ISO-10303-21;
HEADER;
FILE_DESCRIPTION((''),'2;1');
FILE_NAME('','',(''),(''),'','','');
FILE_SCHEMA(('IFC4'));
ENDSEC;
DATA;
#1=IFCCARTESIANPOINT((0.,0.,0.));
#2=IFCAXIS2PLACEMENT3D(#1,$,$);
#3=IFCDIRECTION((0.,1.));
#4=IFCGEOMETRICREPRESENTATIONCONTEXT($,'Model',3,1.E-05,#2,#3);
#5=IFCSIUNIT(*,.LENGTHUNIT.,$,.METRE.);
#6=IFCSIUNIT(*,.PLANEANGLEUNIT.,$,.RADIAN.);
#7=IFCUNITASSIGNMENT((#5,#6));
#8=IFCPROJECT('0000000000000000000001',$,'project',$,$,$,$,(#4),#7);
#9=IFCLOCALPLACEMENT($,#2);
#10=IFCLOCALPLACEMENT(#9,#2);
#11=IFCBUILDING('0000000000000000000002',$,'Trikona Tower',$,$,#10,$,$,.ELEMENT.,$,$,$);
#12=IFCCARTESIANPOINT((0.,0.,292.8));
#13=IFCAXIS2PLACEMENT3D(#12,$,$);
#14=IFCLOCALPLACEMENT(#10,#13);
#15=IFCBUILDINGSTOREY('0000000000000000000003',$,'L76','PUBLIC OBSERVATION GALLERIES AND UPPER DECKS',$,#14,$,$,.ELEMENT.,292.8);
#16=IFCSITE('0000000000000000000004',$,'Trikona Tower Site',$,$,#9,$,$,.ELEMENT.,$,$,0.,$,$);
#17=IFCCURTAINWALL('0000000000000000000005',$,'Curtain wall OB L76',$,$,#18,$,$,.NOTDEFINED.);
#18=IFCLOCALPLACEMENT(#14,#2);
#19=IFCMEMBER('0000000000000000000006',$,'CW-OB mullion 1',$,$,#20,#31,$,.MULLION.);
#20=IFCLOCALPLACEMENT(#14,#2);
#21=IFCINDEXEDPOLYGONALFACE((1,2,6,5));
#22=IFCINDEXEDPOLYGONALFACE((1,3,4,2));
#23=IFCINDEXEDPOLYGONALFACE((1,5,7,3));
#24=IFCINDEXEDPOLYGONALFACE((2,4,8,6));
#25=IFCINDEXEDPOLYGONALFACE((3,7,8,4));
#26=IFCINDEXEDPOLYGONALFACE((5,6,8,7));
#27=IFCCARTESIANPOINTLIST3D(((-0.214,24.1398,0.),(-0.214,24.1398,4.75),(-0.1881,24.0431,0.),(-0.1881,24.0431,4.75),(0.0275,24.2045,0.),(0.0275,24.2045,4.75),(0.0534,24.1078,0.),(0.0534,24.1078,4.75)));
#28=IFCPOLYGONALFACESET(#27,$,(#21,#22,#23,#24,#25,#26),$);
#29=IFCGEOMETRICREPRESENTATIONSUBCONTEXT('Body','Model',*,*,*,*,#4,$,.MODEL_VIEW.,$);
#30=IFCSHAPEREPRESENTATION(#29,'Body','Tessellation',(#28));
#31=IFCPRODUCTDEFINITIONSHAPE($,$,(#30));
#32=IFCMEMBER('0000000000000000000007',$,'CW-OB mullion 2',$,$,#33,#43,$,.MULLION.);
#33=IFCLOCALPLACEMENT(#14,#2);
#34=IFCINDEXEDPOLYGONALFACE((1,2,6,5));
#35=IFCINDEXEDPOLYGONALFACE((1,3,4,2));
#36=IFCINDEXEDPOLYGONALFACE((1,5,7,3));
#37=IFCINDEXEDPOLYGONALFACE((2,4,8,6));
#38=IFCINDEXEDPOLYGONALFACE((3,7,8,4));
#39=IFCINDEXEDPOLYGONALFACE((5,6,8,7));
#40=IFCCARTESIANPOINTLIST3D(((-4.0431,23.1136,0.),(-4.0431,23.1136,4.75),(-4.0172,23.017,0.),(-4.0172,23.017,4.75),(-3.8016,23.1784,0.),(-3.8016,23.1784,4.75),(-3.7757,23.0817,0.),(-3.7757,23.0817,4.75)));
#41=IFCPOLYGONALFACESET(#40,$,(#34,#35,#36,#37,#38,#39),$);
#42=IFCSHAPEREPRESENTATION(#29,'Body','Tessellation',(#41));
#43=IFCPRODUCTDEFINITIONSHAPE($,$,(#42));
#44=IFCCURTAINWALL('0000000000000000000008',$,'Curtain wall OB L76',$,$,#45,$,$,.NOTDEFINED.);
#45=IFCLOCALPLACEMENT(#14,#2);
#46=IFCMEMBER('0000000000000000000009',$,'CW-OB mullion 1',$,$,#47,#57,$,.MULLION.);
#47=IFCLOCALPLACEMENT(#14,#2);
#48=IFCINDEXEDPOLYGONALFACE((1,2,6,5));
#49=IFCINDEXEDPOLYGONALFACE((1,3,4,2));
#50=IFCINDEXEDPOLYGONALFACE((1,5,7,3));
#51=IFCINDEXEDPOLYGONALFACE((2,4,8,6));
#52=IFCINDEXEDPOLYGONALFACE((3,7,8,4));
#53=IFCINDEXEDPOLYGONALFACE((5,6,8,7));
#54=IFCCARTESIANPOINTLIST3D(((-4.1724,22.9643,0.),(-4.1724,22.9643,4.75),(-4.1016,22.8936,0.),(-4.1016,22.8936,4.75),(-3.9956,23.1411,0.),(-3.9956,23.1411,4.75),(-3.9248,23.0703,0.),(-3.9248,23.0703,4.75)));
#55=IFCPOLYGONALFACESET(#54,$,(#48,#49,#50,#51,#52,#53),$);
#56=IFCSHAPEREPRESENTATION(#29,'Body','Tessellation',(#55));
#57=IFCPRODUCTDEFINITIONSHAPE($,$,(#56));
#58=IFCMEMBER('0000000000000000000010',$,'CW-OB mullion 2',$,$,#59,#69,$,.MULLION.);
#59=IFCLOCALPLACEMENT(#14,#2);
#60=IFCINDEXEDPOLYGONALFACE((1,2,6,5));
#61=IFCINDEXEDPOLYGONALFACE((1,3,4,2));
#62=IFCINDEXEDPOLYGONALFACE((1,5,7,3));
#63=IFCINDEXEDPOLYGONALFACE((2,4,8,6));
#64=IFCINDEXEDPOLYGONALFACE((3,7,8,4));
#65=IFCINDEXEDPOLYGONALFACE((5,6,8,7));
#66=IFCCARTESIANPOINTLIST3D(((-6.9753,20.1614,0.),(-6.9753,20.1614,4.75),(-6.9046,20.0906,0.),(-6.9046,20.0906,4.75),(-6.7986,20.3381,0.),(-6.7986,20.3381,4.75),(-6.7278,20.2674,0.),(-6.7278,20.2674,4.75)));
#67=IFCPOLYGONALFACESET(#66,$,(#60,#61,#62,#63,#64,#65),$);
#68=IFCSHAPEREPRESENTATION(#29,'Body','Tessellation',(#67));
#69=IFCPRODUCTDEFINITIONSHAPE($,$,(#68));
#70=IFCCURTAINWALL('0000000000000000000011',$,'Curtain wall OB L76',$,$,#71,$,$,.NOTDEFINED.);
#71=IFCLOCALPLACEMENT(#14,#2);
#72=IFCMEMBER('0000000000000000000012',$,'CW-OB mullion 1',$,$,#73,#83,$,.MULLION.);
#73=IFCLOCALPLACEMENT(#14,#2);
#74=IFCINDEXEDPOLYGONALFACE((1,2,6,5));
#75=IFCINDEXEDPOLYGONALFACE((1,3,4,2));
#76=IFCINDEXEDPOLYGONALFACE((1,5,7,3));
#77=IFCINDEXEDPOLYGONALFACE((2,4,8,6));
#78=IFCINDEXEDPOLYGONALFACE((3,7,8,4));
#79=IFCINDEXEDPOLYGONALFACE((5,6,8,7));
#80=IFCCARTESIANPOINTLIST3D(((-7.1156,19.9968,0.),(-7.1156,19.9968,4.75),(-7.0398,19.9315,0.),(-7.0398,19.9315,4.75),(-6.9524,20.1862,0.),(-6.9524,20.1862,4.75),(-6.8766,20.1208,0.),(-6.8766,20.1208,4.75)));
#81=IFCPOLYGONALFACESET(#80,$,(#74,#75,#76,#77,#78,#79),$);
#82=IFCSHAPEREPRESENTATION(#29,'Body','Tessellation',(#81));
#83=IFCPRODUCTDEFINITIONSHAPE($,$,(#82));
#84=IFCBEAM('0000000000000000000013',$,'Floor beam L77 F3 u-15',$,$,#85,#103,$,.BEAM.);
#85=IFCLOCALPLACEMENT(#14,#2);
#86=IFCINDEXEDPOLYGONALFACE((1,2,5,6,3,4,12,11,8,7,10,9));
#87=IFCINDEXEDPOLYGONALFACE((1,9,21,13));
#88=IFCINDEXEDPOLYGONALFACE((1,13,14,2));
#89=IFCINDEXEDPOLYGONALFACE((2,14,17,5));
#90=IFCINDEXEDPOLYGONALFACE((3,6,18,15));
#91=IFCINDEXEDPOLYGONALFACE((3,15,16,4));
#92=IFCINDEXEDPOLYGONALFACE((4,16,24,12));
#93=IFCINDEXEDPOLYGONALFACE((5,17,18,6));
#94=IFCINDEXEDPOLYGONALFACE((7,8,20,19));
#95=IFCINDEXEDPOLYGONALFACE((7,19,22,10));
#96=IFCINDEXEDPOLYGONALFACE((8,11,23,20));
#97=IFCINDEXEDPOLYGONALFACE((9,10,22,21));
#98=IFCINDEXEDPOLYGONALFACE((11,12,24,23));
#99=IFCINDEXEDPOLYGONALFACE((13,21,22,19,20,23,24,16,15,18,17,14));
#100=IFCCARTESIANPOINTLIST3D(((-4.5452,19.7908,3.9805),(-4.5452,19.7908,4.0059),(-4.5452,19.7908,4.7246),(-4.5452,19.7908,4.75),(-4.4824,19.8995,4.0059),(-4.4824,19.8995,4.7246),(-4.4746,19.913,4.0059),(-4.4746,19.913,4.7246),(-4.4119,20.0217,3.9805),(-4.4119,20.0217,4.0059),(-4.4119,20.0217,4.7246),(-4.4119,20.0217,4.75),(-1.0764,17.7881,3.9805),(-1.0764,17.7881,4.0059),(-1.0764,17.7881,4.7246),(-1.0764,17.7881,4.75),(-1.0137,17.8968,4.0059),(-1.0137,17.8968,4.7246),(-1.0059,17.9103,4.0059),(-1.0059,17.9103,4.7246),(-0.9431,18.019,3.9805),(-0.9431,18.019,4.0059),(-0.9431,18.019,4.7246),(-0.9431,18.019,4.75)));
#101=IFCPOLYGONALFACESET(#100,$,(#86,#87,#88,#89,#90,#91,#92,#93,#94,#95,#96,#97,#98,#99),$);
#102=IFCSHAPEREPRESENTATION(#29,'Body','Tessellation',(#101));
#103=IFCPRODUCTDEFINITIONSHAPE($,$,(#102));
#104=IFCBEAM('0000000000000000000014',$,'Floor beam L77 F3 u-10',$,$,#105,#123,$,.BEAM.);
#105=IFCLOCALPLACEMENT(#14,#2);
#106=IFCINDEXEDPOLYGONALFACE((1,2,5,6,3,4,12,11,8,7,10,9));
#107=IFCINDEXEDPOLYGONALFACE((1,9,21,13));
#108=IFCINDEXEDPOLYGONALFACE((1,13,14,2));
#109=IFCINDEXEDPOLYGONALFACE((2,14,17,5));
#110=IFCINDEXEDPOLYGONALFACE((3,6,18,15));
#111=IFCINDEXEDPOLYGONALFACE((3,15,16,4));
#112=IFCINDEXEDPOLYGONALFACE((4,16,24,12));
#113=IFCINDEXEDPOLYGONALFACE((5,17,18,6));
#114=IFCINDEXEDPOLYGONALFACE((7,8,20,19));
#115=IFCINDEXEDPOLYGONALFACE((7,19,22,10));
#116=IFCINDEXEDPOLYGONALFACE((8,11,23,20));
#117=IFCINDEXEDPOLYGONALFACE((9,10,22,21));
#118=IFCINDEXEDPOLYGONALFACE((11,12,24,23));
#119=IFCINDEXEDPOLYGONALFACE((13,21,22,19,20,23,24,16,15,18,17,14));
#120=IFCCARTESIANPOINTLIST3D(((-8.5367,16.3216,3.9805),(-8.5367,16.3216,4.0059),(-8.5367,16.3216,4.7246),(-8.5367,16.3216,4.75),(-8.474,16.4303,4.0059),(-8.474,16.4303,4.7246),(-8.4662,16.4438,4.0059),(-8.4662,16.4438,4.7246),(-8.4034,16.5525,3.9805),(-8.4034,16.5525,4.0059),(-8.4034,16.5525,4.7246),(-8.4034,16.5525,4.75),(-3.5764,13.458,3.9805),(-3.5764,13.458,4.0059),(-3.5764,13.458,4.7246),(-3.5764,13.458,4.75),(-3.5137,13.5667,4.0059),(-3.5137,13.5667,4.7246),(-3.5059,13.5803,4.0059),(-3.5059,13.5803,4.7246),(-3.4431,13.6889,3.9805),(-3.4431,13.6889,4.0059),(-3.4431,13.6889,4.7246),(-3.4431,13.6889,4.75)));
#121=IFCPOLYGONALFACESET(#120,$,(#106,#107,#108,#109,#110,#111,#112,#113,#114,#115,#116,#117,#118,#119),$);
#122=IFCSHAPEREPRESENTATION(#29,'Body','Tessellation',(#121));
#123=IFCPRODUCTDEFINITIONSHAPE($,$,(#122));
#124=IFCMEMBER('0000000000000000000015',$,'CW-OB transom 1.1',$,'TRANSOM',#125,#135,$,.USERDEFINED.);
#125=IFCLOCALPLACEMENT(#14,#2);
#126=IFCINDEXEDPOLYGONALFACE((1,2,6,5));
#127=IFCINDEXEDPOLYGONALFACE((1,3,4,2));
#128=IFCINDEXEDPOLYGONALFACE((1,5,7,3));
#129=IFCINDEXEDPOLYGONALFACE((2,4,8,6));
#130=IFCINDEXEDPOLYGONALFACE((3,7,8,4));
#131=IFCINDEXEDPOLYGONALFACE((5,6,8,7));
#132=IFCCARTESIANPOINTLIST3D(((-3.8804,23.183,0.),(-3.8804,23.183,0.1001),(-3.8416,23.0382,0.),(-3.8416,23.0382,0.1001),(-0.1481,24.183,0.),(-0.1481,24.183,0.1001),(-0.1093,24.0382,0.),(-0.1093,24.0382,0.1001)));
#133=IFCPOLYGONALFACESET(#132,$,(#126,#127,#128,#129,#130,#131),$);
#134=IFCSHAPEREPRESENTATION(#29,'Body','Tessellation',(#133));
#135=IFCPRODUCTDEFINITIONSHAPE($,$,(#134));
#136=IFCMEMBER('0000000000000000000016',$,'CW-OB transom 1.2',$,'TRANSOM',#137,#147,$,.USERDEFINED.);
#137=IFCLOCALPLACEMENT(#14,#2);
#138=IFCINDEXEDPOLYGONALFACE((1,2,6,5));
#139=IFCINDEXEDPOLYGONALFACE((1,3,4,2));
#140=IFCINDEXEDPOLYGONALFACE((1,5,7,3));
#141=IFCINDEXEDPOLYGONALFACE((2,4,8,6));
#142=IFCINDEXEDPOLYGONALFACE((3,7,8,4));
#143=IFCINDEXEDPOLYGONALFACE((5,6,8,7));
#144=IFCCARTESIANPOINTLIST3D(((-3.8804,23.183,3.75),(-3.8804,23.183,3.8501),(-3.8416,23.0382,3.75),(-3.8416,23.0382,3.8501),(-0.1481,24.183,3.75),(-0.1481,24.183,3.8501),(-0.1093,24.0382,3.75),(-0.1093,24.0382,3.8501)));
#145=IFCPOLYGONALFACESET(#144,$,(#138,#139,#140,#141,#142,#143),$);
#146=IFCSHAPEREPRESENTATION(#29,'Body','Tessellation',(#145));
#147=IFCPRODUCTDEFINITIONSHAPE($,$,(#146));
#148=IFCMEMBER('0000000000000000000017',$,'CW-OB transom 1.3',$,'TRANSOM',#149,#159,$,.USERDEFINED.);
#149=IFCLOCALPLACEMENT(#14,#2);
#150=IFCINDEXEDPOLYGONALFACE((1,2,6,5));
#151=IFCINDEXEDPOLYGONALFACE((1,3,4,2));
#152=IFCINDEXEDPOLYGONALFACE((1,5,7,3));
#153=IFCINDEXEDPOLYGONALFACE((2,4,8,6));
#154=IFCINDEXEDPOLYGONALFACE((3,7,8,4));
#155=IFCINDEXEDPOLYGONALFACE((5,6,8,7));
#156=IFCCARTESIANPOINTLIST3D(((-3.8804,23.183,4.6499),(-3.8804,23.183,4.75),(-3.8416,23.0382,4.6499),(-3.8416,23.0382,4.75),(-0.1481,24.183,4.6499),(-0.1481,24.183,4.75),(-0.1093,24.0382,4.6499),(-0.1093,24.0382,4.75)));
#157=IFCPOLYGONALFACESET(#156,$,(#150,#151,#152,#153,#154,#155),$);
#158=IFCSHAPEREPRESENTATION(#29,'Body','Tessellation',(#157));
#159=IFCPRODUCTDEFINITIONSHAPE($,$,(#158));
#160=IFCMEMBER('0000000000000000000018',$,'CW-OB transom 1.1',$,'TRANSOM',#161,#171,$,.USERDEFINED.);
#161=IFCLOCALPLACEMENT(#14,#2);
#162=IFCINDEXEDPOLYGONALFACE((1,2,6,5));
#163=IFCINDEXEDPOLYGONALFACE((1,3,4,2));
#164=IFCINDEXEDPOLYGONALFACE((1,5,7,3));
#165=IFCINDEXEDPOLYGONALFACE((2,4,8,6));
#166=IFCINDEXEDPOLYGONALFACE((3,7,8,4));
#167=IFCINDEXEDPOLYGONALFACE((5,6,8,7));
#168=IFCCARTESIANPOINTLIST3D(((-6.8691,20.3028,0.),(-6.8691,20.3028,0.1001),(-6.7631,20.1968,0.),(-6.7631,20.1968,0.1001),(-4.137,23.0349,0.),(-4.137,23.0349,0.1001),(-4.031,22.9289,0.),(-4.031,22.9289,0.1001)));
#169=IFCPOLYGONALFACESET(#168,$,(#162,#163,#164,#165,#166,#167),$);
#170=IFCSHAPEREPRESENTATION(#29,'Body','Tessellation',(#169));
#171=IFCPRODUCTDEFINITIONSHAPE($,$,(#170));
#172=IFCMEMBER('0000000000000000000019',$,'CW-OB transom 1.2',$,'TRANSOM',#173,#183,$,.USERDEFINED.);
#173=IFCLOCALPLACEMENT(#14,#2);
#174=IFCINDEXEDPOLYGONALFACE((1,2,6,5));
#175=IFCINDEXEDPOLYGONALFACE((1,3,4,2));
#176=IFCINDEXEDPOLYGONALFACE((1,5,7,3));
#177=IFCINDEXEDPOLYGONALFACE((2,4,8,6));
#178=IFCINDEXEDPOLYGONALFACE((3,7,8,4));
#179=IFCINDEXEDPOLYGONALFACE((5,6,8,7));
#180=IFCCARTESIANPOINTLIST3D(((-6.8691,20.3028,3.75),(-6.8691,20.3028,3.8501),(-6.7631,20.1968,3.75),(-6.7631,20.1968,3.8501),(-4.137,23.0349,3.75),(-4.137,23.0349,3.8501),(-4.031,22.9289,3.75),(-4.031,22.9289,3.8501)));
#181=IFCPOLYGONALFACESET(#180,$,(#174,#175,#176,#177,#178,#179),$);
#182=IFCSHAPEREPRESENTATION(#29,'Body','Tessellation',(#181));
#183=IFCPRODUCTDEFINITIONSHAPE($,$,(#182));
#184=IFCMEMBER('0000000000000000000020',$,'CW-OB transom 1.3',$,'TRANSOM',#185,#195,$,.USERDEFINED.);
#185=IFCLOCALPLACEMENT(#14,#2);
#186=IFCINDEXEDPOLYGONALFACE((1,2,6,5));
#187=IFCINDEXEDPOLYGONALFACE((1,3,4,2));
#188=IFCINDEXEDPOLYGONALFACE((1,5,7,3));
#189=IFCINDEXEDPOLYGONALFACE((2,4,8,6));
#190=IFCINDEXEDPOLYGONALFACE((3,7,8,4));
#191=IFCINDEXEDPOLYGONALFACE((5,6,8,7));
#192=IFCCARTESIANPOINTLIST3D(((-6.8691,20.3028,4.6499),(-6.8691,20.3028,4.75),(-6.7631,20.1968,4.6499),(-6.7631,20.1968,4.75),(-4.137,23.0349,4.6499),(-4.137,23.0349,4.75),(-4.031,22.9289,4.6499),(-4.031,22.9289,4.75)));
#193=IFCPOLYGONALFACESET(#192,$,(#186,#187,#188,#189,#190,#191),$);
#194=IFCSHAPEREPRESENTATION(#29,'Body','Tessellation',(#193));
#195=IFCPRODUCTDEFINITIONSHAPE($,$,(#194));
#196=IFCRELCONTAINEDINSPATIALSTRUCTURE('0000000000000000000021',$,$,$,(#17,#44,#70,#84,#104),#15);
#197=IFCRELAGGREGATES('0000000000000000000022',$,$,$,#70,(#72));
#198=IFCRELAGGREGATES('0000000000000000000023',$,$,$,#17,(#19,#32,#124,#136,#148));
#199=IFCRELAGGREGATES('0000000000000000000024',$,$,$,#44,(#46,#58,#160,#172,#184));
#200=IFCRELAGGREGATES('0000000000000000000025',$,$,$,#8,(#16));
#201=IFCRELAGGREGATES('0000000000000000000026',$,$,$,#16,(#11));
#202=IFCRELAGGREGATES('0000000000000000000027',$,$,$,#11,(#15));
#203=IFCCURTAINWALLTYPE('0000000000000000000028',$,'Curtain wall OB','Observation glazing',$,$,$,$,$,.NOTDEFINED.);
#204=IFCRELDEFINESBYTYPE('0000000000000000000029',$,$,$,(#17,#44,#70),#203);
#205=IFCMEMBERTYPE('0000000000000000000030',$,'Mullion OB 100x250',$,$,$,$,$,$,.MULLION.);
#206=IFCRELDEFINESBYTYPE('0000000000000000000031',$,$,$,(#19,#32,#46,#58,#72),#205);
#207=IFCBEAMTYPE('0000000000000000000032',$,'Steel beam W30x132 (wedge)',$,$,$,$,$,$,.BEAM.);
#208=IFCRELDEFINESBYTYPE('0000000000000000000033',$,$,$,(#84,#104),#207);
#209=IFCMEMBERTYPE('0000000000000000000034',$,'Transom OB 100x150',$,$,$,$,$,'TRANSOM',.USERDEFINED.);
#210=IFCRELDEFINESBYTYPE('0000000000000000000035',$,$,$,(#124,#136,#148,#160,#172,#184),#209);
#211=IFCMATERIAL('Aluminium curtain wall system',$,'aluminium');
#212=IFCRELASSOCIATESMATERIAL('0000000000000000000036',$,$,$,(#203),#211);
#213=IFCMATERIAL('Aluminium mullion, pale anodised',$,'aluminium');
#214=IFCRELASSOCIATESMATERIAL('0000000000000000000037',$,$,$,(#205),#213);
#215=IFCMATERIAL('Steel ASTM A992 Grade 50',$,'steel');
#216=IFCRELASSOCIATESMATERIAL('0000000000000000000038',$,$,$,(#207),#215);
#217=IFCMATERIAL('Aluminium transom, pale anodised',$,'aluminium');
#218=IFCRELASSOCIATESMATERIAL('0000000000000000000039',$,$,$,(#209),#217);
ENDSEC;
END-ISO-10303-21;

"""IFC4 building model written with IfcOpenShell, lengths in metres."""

from ifc_helpers import new_model, si_unit, direction, frame, origin, origin_2d, place, context, subcontext, project, spatial, rectangle, i_section, extrude, material, material_profile, profile_set, type_object, element, aggregate, save


model = new_model("IFC4")

# Units and contexts
model_context = context("Model", 3, precision=1e-05, world=origin(), true_north=direction((0.0, 1.0)))
body_context = subcontext(model_context, "Body", "Model", "MODEL_VIEW")
ifc_project = project(units=[si_unit("LENGTHUNIT", "METRE"), si_unit("PLANEANGLEUNIT", "RADIAN")], contexts=[model_context])

# Site, building, storey
site_placement = place(None, origin())
site = spatial("IfcSite", under=ifc_project, at=site_placement, Name="Trikona Tower Site", CompositionType="ELEMENT", RefElevation=0.0)
building_placement = place(site_placement, origin())
building = spatial("IfcBuilding", under=site, at=building_placement, Name="Trikona Tower", CompositionType="ELEMENT")
storey_placement = place(building_placement, frame((0.0, 0.0, 292.8)))
storey = spatial("IfcBuildingStorey", under=building, at=storey_placement, Name="L76", Description="PUBLIC OBSERVATION GALLERIES AND UPPER DECKS", CompositionType="ELEMENT", Elevation=292.8)

# Curtain walls, members
ifc_material_1 = material(Name="Aluminium curtain wall system", Category="aluminium")
curtain_wall_type = type_object("IfcCurtainWallType", Name="Curtain wall OB", Description="Observation glazing", PredefinedType="NOTDEFINED", material=ifc_material_1)
curtain_wall_1_placement = place(storey_placement, origin())
curtain_wall_1 = element("IfcCurtainWall", 1, at=curtain_wall_1_placement, inside=storey, type_object=curtain_wall_type, Name="Curtain wall OB L76", PredefinedType="NOTDEFINED")
ifc_material_2 = material(Name="Aluminium mullion, pale anodised", Category="aluminium")
ifc_material_profile_1 = material_profile(ifc_material_2, rectangle(XDim=0.1001, YDim=0.25, at=origin_2d()), Name="MUL-OB")
ifc_profile_set_1 = profile_set([ifc_material_profile_1], Name="Aluminium mullion, pale anodised")
member_type_1 = type_object("IfcMemberType", Name="Mullion OB 100x250", PredefinedType="MULLION", material=ifc_profile_set_1)
member_1_placement = place(storey_placement, frame((-0.0803, 24.1238, 0.0), z_axis=(0.0, 0.0, 1.0), x_axis=(0.258828, -0.965923, 0.0)))
member_1 = element("IfcMember", 2, at=member_1_placement, type_object=member_type_1, Name="CW-OB mullion 1", PredefinedType="MULLION", context=body_context, shape_type="SweptSolid", body=[
    extrude(rectangle(XDim=0.1001, YDim=0.25, at=origin_2d()), origin(), (0.0, 0.0, 1.0), 4.75),
])
member_2_placement = place(storey_placement, frame((-3.9094, 23.0977, 0.0), z_axis=(0.0, 0.0, 1.0), x_axis=(0.258828, -0.965923, 0.0)))
member_2 = element("IfcMember", 3, at=member_2_placement, type_object=member_type_1, Name="CW-OB mullion 2", PredefinedType="MULLION", context=body_context, shape_type="SweptSolid", body=[
    extrude(rectangle(XDim=0.1001, YDim=0.25, at=origin_2d()), origin(), (0.0, 0.0, 1.0), 4.75),
])
curtain_wall_2_placement = place(storey_placement, origin())
curtain_wall_2 = element("IfcCurtainWall", 4, at=curtain_wall_2_placement, inside=storey, type_object=curtain_wall_type, Name="Curtain wall OB L76", PredefinedType="NOTDEFINED")
member_3_placement = place(storey_placement, frame((-4.0486, 23.0173, 0.0), z_axis=(0.0, 0.0, 1.0), x_axis=(0.707107, -0.707107, 0.0)))
member_3 = element("IfcMember", 5, at=member_3_placement, type_object=member_type_1, Name="CW-OB mullion 1", PredefinedType="MULLION", context=body_context, shape_type="SweptSolid", body=[
    extrude(rectangle(XDim=0.1001, YDim=0.25, at=origin_2d()), origin(), (0.0, 0.0, 1.0), 4.75),
])
member_4_placement = place(storey_placement, frame((-6.8516, 20.2144, 0.0), z_axis=(0.0, 0.0, 1.0), x_axis=(0.707107, -0.707107, 0.0)))
member_4 = element("IfcMember", 6, at=member_4_placement, type_object=member_type_1, Name="CW-OB mullion 2", PredefinedType="MULLION", context=body_context, shape_type="SweptSolid", body=[
    extrude(rectangle(XDim=0.1001, YDim=0.25, at=origin_2d()), origin(), (0.0, 0.0, 1.0), 4.75),
])

# Curtain wall, member
curtain_wall_3_placement = place(storey_placement, origin())
curtain_wall_3 = element("IfcCurtainWall", 7, at=curtain_wall_3_placement, inside=storey, type_object=curtain_wall_type, Name="Curtain wall OB L76", PredefinedType="NOTDEFINED")
member_5_placement = place(storey_placement, frame((-6.9961, 20.0588, 0.0), z_axis=(0.0, 0.0, 1.0), x_axis=(0.757475, -0.652864, 0.0)))
member_5 = element("IfcMember", 8, at=member_5_placement, type_object=member_type_1, Name="CW-OB mullion 1", PredefinedType="MULLION", context=body_context, shape_type="SweptSolid", body=[
    extrude(rectangle(XDim=0.1001, YDim=0.25, at=origin_2d()), origin(), (0.0, 0.0, 1.0), 4.75),
])

# Beams
ifc_material_3 = material(Name="Steel ASTM A992 Grade 50", Category="steel")
ifc_material_profile_2 = material_profile(ifc_material_3, i_section(OverallWidth=0.2666, OverallDepth=0.7695, WebThickness=0.0156, FlangeThickness=0.0254, at=origin_2d()), Name="W30X132")
ifc_profile_set_2 = profile_set([ifc_material_profile_2], Name="Steel ASTM A992 Grade 50")
beam_type = type_object("IfcBeamType", Name="Steel beam W30x132 (wedge)", PredefinedType="BEAM", material=ifc_profile_set_2)
beam_1_placement = place(storey_placement, frame((-1.0098, 17.9036, 4.3652), z_axis=(-0.866025, 0.5, 0.0), x_axis=(-0.5, -0.866025, 0.0)))
element("IfcBeam", 9, at=beam_1_placement, inside=storey, type_object=beam_type, Name="Floor beam L77 F3 u-15", PredefinedType="BEAM", context=body_context, shape_type="SweptSolid", body=[
    extrude(i_section(OverallWidth=0.2666, OverallDepth=0.7695, WebThickness=0.0156, FlangeThickness=0.0254, at=origin_2d()), origin(), (0.0, 0.0, 1.0), 4.0054),
])
beam_2_placement = place(storey_placement, frame((-3.5098, 13.5735, 4.3652), z_axis=(-0.866044, 0.499967, 0.0), x_axis=(-0.499967, -0.866044, 0.0)))
element("IfcBeam", 10, at=beam_2_placement, inside=storey, type_object=beam_type, Name="Floor beam L77 F3 u-10", PredefinedType="BEAM", context=body_context, shape_type="SweptSolid", body=[
    extrude(i_section(OverallWidth=0.2666, OverallDepth=0.7695, WebThickness=0.0156, FlangeThickness=0.0254, at=origin_2d()), origin(), (0.0, 0.0, 1.0), 5.7275),
])

# Members
ifc_material_4 = material(Name="Aluminium transom, pale anodised", Category="aluminium")
ifc_material_profile_3 = material_profile(ifc_material_4, rectangle(XDim=0.1499, YDim=0.1001, at=origin_2d()), Name="TRN-OB")
ifc_profile_set_3 = profile_set([ifc_material_profile_3], Name="Aluminium transom, pale anodised")
member_type_2 = type_object("IfcMemberType", Name="Transom OB 100x150", ElementType="TRANSOM", PredefinedType="USERDEFINED", material=ifc_profile_set_3)
member_6_placement = place(storey_placement, frame((-0.1287, 24.1106, 0.05), z_axis=(-0.965932, -0.258795, 0.0), x_axis=(0.258795, -0.965932, 0.0)))
member_6 = element("IfcMember", 11, at=member_6_placement, type_object=member_type_2, Name="CW-OB transom 1.1", ObjectType="TRANSOM", PredefinedType="USERDEFINED", context=body_context, shape_type="SweptSolid", body=[
    extrude(rectangle(XDim=0.1499, YDim=0.1001, at=origin_2d()), origin(), (0.0, 0.0, 1.0), 3.864),
])
member_7_placement = place(storey_placement, frame((-0.1287, 24.1106, 3.8), z_axis=(-0.965932, -0.258795, 0.0), x_axis=(0.258795, -0.965932, 0.0)))
member_7 = element("IfcMember", 12, at=member_7_placement, type_object=member_type_2, Name="CW-OB transom 1.2", ObjectType="TRANSOM", PredefinedType="USERDEFINED", context=body_context, shape_type="SweptSolid", body=[
    extrude(rectangle(XDim=0.1499, YDim=0.1001, at=origin_2d()), origin(), (0.0, 0.0, 1.0), 3.864),
])
member_8_placement = place(storey_placement, frame((-0.1287, 24.1106, 4.7), z_axis=(-0.965932, -0.258795, 0.0), x_axis=(0.258795, -0.965932, 0.0)))
member_8 = element("IfcMember", 13, at=member_8_placement, type_object=member_type_2, Name="CW-OB transom 1.3", ObjectType="TRANSOM", PredefinedType="USERDEFINED", context=body_context, shape_type="SweptSolid", body=[
    extrude(rectangle(XDim=0.1499, YDim=0.1001, at=origin_2d()), origin(), (0.0, 0.0, 1.0), 3.864),
])
member_9_placement = place(storey_placement, frame((-4.084, 22.9819, 0.05), z_axis=(-0.707107, -0.707107, 0.0), x_axis=(0.707107, -0.707107, 0.0)))
member_9 = element("IfcMember", 14, at=member_9_placement, type_object=member_type_2, Name="CW-OB transom 1.1", ObjectType="TRANSOM", PredefinedType="USERDEFINED", context=body_context, shape_type="SweptSolid", body=[
    extrude(rectangle(XDim=0.1499, YDim=0.1001, at=origin_2d()), origin(), (0.0, 0.0, 1.0), 3.8638),
])
member_10_placement = place(storey_placement, frame((-4.084, 22.9819, 3.8), z_axis=(-0.707107, -0.707107, 0.0), x_axis=(0.707107, -0.707107, 0.0)))
member_10 = element("IfcMember", 15, at=member_10_placement, type_object=member_type_2, Name="CW-OB transom 1.2", ObjectType="TRANSOM", PredefinedType="USERDEFINED", context=body_context, shape_type="SweptSolid", body=[
    extrude(rectangle(XDim=0.1499, YDim=0.1001, at=origin_2d()), origin(), (0.0, 0.0, 1.0), 3.8638),
])
member_11_placement = place(storey_placement, frame((-4.084, 22.9819, 4.7), z_axis=(-0.707107, -0.707107, 0.0), x_axis=(0.707107, -0.707107, 0.0)))
member_11 = element("IfcMember", 16, at=member_11_placement, type_object=member_type_2, Name="CW-OB transom 1.3", ObjectType="TRANSOM", PredefinedType="USERDEFINED", context=body_context, shape_type="SweptSolid", body=[
    extrude(rectangle(XDim=0.1499, YDim=0.1001, at=origin_2d()), origin(), (0.0, 0.0, 1.0), 3.8638),
])
aggregate(curtain_wall_3, [member_5])

aggregate(curtain_wall_1, [member_1, member_2, member_6, member_7, member_8])
aggregate(curtain_wall_2, [member_3, member_4, member_9, member_10, member_11])

save(model, "model.ifc")
